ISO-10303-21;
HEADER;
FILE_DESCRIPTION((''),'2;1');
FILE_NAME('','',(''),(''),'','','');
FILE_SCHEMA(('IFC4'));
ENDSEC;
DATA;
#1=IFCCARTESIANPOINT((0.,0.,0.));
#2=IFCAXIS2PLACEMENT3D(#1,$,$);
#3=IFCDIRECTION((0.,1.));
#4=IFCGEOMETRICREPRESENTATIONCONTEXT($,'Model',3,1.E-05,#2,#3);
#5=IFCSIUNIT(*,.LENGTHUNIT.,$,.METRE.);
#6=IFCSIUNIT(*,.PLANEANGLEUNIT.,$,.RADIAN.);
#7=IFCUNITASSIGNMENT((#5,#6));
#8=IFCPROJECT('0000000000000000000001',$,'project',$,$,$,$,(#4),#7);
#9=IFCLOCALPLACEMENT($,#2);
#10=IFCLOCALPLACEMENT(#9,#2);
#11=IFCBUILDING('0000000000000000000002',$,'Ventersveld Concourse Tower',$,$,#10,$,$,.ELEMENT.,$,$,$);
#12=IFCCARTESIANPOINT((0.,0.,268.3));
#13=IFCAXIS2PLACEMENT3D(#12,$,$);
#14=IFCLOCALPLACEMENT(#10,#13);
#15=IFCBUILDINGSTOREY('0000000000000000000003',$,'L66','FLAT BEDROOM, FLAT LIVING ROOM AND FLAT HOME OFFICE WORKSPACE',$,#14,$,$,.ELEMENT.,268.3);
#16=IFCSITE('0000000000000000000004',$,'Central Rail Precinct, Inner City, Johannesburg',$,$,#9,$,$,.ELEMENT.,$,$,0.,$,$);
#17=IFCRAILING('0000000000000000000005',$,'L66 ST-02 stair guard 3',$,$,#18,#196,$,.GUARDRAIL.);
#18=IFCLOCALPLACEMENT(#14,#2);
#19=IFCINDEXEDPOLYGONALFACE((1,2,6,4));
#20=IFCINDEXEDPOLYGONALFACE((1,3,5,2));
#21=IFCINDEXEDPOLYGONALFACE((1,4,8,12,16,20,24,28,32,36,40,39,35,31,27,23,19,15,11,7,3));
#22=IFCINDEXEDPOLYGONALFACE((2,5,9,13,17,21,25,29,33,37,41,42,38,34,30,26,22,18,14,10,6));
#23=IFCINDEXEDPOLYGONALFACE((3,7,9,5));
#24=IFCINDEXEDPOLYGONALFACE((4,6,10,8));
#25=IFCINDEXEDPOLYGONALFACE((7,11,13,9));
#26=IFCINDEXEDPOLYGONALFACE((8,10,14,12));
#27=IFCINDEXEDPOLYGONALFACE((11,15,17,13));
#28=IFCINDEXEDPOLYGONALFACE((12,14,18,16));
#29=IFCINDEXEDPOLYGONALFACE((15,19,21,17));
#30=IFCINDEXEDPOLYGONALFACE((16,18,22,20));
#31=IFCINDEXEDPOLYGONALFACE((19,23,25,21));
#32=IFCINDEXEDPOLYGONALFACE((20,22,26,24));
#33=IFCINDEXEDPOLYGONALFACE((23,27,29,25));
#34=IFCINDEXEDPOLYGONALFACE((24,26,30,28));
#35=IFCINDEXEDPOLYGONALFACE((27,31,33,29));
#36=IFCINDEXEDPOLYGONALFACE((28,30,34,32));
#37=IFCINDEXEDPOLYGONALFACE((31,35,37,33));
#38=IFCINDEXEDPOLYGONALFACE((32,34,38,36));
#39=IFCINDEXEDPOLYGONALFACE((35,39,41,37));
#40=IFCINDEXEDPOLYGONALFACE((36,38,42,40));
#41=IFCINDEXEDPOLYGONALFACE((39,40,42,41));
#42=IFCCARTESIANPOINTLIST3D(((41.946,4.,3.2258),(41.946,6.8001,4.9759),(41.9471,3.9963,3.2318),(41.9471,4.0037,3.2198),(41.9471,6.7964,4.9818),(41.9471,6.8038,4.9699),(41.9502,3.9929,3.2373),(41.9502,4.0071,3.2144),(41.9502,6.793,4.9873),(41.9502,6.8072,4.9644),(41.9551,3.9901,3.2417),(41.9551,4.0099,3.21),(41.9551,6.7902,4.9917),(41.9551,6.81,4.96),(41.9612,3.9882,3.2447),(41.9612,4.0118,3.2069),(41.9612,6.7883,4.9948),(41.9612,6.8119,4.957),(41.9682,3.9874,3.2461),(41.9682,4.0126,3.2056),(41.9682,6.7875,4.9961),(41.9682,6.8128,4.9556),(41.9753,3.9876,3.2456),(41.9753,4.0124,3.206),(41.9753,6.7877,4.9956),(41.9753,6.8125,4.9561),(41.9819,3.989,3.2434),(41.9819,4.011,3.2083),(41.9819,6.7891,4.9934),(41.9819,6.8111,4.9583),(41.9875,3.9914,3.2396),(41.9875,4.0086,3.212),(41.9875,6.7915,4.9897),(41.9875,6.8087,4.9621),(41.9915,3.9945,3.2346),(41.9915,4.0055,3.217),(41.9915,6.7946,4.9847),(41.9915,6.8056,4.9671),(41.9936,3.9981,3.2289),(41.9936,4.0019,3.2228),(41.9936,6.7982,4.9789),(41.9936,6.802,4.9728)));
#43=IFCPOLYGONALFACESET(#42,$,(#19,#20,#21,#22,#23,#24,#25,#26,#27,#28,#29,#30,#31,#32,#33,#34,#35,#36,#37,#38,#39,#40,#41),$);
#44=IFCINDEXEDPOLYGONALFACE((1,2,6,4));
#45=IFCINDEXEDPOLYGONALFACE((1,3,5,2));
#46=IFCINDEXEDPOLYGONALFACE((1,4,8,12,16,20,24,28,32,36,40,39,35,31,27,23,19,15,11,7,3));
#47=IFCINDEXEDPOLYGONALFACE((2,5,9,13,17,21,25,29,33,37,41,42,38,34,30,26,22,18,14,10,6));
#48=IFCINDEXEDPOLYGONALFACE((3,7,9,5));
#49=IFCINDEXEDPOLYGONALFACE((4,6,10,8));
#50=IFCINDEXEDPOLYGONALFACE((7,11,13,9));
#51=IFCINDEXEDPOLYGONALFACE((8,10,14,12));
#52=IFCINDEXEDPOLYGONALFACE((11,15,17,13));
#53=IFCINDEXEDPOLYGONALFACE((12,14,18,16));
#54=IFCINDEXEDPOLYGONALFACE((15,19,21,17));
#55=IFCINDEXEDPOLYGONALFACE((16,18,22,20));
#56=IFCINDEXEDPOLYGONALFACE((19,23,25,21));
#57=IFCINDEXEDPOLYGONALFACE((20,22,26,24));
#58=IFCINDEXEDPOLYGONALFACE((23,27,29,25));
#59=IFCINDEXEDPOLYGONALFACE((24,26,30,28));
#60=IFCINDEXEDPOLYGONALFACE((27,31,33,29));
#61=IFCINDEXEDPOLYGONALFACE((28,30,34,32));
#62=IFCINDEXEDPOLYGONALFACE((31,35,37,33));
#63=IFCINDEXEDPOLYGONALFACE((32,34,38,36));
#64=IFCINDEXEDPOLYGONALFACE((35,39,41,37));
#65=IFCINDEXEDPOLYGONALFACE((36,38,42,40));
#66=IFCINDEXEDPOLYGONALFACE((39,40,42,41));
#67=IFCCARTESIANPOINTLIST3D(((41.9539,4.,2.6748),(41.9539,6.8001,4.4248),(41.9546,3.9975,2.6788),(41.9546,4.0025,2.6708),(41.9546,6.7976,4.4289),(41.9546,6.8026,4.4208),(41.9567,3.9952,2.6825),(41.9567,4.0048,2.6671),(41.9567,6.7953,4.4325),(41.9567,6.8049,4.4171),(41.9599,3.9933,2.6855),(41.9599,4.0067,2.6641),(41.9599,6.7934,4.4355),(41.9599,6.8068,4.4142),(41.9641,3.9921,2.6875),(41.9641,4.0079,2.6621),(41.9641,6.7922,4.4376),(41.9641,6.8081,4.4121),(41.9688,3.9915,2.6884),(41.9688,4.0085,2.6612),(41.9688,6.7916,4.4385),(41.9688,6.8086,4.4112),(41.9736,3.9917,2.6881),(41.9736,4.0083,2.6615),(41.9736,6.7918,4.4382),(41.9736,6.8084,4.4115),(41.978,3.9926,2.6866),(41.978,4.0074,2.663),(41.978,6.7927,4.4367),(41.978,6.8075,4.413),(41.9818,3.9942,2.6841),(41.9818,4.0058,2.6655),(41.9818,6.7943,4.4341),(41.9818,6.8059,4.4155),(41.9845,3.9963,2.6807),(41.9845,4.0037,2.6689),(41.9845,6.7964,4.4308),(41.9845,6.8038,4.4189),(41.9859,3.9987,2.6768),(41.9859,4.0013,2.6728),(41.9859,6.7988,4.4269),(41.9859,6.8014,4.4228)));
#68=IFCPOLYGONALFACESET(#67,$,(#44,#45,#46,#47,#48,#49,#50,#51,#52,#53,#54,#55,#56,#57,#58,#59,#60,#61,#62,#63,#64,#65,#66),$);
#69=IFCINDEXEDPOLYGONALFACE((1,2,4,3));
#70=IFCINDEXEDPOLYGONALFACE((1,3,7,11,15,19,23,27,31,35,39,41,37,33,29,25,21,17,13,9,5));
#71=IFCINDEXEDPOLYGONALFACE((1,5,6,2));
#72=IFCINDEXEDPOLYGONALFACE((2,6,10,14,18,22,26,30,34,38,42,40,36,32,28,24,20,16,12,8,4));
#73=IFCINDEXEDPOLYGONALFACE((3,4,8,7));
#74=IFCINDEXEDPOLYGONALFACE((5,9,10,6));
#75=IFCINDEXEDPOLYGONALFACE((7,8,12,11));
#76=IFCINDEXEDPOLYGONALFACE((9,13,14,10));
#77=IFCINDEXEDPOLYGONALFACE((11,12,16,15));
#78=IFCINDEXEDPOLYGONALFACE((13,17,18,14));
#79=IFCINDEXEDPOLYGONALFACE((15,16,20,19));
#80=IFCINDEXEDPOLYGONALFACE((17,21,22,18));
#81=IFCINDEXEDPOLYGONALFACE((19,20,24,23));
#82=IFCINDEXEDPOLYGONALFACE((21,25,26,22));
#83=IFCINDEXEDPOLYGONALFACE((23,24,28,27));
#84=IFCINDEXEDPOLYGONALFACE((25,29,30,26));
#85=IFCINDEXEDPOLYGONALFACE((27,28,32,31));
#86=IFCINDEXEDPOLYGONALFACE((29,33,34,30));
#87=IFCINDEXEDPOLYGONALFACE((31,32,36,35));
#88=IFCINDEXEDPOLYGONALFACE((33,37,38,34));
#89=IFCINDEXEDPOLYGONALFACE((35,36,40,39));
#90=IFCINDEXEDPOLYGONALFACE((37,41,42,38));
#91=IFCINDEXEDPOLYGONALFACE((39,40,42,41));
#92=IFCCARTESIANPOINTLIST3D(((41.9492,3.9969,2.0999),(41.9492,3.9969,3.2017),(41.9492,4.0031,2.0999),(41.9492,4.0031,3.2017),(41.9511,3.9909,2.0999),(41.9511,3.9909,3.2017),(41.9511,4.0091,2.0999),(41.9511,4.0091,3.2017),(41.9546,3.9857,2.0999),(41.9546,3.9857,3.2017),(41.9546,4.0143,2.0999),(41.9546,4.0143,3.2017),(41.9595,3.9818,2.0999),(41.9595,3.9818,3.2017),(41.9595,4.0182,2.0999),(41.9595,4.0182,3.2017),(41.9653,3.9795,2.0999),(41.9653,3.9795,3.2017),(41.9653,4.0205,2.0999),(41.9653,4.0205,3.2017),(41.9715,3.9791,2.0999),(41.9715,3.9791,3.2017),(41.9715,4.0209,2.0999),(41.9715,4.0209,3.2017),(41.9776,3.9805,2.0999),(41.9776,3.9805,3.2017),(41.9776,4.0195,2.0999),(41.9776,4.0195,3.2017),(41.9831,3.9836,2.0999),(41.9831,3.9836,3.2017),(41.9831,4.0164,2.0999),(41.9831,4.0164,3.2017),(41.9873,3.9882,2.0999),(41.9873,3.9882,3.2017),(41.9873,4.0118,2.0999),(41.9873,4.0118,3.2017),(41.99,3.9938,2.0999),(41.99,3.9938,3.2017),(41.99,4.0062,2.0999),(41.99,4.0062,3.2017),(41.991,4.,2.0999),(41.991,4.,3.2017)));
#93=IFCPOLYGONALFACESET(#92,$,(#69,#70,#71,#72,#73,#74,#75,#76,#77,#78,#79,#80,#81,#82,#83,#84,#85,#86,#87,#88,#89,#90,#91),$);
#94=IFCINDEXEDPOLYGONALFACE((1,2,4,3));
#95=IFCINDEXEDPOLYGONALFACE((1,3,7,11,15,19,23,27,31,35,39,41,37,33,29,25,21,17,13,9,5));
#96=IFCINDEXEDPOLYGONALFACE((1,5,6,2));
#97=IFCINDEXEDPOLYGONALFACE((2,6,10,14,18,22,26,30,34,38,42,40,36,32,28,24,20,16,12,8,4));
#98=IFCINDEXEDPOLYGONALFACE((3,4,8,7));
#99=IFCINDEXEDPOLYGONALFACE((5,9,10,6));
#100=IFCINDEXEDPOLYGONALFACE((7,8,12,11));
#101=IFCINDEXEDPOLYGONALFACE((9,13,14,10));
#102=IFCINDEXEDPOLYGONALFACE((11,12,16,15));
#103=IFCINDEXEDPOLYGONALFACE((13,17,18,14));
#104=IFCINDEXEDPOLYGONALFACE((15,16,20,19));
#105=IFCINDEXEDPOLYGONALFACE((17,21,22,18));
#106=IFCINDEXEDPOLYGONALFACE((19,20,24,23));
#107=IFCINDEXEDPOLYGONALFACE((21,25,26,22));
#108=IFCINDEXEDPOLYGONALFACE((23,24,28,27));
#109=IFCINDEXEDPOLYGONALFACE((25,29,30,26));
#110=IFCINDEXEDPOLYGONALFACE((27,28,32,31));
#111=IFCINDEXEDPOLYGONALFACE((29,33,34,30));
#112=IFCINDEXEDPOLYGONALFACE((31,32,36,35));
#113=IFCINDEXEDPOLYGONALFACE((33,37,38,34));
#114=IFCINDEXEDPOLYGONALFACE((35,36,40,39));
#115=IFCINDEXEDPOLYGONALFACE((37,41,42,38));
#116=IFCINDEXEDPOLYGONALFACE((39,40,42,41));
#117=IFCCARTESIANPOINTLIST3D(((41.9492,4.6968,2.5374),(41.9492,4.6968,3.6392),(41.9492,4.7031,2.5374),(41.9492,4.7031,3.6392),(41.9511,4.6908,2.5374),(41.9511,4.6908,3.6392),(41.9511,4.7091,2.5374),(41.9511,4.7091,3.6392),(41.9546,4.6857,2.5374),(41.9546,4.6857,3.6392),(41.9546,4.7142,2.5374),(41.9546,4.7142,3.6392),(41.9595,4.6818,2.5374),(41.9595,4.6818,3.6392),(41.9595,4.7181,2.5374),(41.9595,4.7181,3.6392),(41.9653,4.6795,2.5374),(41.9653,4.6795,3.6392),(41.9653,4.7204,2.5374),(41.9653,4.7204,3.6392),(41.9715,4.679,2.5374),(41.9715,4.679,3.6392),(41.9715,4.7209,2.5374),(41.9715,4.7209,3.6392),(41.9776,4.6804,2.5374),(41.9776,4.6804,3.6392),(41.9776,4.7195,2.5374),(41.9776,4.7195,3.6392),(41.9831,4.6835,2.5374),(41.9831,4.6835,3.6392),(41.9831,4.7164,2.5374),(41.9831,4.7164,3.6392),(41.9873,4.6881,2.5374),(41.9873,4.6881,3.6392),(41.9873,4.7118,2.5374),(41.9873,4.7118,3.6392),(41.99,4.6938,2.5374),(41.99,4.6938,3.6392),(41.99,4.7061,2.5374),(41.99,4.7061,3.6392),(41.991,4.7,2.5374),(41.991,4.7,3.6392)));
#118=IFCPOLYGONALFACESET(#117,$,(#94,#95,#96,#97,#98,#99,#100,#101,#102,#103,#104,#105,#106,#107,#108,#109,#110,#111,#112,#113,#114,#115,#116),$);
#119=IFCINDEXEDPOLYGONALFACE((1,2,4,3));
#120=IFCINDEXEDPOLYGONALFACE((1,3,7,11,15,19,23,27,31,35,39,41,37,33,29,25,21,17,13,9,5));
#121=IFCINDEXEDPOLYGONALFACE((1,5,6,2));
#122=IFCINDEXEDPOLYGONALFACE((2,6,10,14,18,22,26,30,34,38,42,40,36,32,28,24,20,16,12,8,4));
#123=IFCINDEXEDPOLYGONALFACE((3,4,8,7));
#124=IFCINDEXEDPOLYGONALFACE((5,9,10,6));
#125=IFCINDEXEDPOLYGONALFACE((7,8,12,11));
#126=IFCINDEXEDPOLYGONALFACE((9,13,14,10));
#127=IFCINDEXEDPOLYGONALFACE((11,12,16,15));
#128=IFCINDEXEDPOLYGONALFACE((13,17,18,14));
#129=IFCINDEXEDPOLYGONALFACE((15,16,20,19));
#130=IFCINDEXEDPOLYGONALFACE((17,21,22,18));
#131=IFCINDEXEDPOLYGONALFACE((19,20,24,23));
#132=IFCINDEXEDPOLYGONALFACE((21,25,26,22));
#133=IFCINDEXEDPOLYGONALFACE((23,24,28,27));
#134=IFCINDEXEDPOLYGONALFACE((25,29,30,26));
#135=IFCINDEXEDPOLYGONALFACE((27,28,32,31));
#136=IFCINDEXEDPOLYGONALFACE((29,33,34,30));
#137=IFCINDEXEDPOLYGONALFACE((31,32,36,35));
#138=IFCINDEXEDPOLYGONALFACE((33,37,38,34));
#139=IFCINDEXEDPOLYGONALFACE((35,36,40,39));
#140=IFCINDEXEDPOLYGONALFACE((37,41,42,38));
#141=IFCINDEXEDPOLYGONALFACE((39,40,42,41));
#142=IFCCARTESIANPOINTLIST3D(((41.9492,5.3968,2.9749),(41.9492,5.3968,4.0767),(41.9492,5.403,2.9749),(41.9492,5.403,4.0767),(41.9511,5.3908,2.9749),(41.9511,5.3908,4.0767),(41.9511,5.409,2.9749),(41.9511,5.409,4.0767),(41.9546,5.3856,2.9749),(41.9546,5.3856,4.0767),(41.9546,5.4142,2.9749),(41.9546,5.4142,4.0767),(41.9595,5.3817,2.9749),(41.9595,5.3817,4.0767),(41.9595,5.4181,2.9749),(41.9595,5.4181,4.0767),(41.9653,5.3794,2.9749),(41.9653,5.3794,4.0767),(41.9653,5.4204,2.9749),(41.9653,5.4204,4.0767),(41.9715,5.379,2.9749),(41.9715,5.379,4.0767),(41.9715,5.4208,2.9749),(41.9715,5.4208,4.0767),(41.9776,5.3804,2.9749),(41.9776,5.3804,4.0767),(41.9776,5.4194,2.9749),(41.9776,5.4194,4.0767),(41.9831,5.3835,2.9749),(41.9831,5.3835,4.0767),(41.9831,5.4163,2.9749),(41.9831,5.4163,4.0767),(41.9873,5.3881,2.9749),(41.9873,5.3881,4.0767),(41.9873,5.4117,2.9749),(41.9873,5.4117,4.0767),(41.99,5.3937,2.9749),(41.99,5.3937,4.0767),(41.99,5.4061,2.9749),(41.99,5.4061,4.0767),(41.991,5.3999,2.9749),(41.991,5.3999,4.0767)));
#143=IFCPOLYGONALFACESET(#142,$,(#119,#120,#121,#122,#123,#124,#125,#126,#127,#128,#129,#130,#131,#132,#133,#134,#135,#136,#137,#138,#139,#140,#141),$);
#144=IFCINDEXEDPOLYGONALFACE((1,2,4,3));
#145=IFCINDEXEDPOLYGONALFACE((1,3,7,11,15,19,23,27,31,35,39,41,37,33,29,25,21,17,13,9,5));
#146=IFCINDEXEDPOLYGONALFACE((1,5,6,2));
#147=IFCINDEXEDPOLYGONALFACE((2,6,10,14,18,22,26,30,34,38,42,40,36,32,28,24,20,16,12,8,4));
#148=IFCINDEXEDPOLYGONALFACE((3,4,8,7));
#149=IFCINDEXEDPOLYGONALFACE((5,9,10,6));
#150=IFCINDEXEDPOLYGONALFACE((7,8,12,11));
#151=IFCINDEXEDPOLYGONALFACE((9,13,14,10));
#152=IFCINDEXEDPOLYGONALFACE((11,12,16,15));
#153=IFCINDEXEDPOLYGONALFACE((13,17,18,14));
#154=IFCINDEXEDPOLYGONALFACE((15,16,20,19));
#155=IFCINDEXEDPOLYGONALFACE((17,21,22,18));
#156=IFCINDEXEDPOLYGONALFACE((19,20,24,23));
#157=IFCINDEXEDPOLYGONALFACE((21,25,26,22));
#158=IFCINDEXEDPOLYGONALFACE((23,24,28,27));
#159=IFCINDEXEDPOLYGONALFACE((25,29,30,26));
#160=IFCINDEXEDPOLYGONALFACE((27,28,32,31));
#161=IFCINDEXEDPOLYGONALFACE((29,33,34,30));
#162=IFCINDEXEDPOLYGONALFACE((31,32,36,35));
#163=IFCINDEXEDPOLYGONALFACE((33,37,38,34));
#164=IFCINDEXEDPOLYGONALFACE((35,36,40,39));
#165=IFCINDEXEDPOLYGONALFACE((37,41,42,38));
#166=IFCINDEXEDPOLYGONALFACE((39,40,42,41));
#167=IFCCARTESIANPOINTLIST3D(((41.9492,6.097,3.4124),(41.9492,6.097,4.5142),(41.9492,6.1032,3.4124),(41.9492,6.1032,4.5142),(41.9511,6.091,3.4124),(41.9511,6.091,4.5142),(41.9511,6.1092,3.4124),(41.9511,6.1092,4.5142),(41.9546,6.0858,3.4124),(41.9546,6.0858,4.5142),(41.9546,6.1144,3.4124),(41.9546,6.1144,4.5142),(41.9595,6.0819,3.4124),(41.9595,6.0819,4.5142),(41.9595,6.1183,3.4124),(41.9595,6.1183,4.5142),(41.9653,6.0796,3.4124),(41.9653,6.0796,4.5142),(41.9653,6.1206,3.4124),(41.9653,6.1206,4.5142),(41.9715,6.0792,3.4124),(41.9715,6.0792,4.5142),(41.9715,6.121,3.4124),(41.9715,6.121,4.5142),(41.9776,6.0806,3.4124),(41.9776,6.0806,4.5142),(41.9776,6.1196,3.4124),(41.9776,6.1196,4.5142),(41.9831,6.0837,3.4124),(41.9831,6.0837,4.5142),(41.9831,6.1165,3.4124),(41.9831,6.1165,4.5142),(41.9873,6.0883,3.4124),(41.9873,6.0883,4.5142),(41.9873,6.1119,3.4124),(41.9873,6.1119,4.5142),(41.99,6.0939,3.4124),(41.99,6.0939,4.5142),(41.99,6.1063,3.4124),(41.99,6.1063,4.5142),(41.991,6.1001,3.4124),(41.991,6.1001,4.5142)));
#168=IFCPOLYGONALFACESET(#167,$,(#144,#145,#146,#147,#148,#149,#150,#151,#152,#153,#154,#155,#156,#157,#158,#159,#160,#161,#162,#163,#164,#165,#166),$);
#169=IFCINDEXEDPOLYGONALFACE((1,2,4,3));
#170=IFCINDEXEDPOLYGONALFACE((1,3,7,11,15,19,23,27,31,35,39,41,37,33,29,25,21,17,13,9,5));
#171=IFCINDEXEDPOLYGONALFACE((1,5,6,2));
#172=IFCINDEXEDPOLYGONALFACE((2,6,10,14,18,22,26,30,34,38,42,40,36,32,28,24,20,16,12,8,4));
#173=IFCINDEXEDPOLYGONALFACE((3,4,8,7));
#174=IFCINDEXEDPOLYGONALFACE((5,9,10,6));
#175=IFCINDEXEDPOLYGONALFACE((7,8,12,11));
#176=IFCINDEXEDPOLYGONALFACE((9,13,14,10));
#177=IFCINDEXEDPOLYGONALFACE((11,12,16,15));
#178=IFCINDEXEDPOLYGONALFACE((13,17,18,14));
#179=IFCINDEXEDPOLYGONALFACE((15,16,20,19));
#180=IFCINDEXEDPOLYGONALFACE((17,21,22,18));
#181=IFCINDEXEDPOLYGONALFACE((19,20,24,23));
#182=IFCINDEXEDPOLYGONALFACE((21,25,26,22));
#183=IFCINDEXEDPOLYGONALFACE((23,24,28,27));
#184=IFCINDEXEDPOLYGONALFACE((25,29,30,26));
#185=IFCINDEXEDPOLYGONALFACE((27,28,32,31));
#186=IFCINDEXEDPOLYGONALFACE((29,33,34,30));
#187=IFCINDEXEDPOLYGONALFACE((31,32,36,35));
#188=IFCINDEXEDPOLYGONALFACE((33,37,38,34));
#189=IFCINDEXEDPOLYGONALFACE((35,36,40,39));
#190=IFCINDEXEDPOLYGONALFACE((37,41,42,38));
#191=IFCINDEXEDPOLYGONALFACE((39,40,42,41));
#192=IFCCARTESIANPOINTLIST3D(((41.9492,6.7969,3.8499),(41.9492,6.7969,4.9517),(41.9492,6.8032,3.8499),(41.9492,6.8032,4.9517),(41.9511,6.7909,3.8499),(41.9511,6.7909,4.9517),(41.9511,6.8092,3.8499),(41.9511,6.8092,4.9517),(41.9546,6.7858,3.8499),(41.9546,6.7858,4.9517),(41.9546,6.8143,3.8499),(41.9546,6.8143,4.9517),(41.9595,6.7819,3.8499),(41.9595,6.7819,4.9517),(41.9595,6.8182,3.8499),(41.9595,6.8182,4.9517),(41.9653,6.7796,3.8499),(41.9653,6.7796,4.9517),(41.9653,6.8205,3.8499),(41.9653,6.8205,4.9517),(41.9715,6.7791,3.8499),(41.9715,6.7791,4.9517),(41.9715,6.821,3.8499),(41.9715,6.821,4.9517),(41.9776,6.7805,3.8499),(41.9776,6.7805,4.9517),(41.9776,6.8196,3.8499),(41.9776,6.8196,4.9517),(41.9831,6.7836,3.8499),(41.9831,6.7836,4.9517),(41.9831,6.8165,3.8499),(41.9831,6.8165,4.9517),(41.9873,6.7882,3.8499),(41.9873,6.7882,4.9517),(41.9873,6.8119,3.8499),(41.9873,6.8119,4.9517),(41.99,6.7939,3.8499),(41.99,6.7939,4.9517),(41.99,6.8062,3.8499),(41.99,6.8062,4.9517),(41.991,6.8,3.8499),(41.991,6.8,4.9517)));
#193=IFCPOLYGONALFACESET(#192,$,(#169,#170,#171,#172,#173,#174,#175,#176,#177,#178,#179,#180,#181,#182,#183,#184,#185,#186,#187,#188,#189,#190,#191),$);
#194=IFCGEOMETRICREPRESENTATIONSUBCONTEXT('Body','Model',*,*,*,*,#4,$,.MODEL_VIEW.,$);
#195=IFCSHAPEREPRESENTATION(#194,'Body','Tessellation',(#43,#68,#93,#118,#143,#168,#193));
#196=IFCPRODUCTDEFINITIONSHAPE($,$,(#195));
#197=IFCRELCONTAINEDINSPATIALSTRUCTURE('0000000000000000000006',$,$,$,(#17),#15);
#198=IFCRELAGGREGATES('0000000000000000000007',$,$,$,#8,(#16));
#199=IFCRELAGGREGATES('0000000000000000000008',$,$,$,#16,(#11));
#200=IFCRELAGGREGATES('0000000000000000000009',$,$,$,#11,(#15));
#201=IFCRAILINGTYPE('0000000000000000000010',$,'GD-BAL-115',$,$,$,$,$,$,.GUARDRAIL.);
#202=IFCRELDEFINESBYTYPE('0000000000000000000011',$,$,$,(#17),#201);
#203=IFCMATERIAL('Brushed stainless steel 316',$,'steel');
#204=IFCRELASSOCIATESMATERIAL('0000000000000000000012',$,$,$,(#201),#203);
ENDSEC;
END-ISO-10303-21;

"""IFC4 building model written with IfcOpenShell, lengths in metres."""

from ifc_helpers import new_model, si_unit, direction, frame, origin, origin_2d, place, context, subcontext, project, spatial, circle, extrude, material, type_object, element, save


model = new_model("IFC4")

# Units and contexts
model_context = context("Model", 3, precision=1e-05, world=origin(), true_north=direction((0.0, 1.0)))
body_context = subcontext(model_context, "Body", "Model", "MODEL_VIEW")
ifc_project = project(units=[si_unit("LENGTHUNIT", "METRE"), si_unit("PLANEANGLEUNIT", "RADIAN")], contexts=[model_context])

# Site, building, storey
site_placement = place(None, origin())
site = spatial("IfcSite", under=ifc_project, at=site_placement, Name="Central Rail Precinct, Inner City, Johannesburg", CompositionType="ELEMENT", RefElevation=0.0)
building_placement = place(site_placement, origin())
building = spatial("IfcBuilding", under=site, at=building_placement, Name="Ventersveld Concourse Tower", CompositionType="ELEMENT")
storey_placement = place(building_placement, frame((0.0, 0.0, 268.3)))
storey = spatial("IfcBuildingStorey", under=building, at=storey_placement, Name="L66", Description="FLAT BEDROOM, FLAT LIVING ROOM AND FLAT HOME OFFICE WORKSPACE", CompositionType="ELEMENT", Elevation=268.3)

# Railing
ifc_material_1 = material(Name="Brushed stainless steel 316", Category="steel")
railing_type_1 = type_object("IfcRailingType", Name="GD-BAL-115", PredefinedType="GUARDRAIL", material=ifc_material_1)
railing_1_placement = place(storey_placement, frame((41.97, 4.0, 2.0999)))
element("IfcRailing", 1, at=railing_1_placement, inside=storey, type_object=railing_type_1, Name="L66 ST-02 stair guard 3", PredefinedType="GUARDRAIL", context=body_context, shape_type="SweptSolid", body=[
    extrude(circle(Radius=0.0239, at=origin_2d()), frame((0.0, 0.0, 1.126), z_axis=(0.0, 0.848002, 0.529992), x_axis=(-1.0, 0.0, 0.0)), (0.0, 0.0, 1.0), 3.302),
    extrude(circle(Radius=0.0161, at=origin_2d()), frame((0.0, 0.0, 0.575), z_axis=(0.0, 0.848002, 0.529992), x_axis=(-1.0, 0.0, 0.0)), (0.0, 0.0, 1.0), 3.302),
    extrude(circle(Radius=0.021, at=origin_2d()), origin(), (0.0, 0.0, 1.0), 1.1018),
    extrude(circle(Radius=0.021, at=origin_2d()), frame((0.0, 0.7, 0.4375)), (0.0, 0.0, 1.0), 1.1018),
    extrude(circle(Radius=0.021, at=origin_2d()), frame((0.0, 1.3999, 0.875)), (0.0, 0.0, 1.0), 1.1018),
    extrude(circle(Radius=0.021, at=origin_2d()), frame((0.0, 2.1001, 1.3125)), (0.0, 0.0, 1.0), 1.1018),
    extrude(circle(Radius=0.021, at=origin_2d()), frame((0.0, 2.8, 1.75)), (0.0, 0.0, 1.0), 1.1018),
])

save(model, "model.ifc")
